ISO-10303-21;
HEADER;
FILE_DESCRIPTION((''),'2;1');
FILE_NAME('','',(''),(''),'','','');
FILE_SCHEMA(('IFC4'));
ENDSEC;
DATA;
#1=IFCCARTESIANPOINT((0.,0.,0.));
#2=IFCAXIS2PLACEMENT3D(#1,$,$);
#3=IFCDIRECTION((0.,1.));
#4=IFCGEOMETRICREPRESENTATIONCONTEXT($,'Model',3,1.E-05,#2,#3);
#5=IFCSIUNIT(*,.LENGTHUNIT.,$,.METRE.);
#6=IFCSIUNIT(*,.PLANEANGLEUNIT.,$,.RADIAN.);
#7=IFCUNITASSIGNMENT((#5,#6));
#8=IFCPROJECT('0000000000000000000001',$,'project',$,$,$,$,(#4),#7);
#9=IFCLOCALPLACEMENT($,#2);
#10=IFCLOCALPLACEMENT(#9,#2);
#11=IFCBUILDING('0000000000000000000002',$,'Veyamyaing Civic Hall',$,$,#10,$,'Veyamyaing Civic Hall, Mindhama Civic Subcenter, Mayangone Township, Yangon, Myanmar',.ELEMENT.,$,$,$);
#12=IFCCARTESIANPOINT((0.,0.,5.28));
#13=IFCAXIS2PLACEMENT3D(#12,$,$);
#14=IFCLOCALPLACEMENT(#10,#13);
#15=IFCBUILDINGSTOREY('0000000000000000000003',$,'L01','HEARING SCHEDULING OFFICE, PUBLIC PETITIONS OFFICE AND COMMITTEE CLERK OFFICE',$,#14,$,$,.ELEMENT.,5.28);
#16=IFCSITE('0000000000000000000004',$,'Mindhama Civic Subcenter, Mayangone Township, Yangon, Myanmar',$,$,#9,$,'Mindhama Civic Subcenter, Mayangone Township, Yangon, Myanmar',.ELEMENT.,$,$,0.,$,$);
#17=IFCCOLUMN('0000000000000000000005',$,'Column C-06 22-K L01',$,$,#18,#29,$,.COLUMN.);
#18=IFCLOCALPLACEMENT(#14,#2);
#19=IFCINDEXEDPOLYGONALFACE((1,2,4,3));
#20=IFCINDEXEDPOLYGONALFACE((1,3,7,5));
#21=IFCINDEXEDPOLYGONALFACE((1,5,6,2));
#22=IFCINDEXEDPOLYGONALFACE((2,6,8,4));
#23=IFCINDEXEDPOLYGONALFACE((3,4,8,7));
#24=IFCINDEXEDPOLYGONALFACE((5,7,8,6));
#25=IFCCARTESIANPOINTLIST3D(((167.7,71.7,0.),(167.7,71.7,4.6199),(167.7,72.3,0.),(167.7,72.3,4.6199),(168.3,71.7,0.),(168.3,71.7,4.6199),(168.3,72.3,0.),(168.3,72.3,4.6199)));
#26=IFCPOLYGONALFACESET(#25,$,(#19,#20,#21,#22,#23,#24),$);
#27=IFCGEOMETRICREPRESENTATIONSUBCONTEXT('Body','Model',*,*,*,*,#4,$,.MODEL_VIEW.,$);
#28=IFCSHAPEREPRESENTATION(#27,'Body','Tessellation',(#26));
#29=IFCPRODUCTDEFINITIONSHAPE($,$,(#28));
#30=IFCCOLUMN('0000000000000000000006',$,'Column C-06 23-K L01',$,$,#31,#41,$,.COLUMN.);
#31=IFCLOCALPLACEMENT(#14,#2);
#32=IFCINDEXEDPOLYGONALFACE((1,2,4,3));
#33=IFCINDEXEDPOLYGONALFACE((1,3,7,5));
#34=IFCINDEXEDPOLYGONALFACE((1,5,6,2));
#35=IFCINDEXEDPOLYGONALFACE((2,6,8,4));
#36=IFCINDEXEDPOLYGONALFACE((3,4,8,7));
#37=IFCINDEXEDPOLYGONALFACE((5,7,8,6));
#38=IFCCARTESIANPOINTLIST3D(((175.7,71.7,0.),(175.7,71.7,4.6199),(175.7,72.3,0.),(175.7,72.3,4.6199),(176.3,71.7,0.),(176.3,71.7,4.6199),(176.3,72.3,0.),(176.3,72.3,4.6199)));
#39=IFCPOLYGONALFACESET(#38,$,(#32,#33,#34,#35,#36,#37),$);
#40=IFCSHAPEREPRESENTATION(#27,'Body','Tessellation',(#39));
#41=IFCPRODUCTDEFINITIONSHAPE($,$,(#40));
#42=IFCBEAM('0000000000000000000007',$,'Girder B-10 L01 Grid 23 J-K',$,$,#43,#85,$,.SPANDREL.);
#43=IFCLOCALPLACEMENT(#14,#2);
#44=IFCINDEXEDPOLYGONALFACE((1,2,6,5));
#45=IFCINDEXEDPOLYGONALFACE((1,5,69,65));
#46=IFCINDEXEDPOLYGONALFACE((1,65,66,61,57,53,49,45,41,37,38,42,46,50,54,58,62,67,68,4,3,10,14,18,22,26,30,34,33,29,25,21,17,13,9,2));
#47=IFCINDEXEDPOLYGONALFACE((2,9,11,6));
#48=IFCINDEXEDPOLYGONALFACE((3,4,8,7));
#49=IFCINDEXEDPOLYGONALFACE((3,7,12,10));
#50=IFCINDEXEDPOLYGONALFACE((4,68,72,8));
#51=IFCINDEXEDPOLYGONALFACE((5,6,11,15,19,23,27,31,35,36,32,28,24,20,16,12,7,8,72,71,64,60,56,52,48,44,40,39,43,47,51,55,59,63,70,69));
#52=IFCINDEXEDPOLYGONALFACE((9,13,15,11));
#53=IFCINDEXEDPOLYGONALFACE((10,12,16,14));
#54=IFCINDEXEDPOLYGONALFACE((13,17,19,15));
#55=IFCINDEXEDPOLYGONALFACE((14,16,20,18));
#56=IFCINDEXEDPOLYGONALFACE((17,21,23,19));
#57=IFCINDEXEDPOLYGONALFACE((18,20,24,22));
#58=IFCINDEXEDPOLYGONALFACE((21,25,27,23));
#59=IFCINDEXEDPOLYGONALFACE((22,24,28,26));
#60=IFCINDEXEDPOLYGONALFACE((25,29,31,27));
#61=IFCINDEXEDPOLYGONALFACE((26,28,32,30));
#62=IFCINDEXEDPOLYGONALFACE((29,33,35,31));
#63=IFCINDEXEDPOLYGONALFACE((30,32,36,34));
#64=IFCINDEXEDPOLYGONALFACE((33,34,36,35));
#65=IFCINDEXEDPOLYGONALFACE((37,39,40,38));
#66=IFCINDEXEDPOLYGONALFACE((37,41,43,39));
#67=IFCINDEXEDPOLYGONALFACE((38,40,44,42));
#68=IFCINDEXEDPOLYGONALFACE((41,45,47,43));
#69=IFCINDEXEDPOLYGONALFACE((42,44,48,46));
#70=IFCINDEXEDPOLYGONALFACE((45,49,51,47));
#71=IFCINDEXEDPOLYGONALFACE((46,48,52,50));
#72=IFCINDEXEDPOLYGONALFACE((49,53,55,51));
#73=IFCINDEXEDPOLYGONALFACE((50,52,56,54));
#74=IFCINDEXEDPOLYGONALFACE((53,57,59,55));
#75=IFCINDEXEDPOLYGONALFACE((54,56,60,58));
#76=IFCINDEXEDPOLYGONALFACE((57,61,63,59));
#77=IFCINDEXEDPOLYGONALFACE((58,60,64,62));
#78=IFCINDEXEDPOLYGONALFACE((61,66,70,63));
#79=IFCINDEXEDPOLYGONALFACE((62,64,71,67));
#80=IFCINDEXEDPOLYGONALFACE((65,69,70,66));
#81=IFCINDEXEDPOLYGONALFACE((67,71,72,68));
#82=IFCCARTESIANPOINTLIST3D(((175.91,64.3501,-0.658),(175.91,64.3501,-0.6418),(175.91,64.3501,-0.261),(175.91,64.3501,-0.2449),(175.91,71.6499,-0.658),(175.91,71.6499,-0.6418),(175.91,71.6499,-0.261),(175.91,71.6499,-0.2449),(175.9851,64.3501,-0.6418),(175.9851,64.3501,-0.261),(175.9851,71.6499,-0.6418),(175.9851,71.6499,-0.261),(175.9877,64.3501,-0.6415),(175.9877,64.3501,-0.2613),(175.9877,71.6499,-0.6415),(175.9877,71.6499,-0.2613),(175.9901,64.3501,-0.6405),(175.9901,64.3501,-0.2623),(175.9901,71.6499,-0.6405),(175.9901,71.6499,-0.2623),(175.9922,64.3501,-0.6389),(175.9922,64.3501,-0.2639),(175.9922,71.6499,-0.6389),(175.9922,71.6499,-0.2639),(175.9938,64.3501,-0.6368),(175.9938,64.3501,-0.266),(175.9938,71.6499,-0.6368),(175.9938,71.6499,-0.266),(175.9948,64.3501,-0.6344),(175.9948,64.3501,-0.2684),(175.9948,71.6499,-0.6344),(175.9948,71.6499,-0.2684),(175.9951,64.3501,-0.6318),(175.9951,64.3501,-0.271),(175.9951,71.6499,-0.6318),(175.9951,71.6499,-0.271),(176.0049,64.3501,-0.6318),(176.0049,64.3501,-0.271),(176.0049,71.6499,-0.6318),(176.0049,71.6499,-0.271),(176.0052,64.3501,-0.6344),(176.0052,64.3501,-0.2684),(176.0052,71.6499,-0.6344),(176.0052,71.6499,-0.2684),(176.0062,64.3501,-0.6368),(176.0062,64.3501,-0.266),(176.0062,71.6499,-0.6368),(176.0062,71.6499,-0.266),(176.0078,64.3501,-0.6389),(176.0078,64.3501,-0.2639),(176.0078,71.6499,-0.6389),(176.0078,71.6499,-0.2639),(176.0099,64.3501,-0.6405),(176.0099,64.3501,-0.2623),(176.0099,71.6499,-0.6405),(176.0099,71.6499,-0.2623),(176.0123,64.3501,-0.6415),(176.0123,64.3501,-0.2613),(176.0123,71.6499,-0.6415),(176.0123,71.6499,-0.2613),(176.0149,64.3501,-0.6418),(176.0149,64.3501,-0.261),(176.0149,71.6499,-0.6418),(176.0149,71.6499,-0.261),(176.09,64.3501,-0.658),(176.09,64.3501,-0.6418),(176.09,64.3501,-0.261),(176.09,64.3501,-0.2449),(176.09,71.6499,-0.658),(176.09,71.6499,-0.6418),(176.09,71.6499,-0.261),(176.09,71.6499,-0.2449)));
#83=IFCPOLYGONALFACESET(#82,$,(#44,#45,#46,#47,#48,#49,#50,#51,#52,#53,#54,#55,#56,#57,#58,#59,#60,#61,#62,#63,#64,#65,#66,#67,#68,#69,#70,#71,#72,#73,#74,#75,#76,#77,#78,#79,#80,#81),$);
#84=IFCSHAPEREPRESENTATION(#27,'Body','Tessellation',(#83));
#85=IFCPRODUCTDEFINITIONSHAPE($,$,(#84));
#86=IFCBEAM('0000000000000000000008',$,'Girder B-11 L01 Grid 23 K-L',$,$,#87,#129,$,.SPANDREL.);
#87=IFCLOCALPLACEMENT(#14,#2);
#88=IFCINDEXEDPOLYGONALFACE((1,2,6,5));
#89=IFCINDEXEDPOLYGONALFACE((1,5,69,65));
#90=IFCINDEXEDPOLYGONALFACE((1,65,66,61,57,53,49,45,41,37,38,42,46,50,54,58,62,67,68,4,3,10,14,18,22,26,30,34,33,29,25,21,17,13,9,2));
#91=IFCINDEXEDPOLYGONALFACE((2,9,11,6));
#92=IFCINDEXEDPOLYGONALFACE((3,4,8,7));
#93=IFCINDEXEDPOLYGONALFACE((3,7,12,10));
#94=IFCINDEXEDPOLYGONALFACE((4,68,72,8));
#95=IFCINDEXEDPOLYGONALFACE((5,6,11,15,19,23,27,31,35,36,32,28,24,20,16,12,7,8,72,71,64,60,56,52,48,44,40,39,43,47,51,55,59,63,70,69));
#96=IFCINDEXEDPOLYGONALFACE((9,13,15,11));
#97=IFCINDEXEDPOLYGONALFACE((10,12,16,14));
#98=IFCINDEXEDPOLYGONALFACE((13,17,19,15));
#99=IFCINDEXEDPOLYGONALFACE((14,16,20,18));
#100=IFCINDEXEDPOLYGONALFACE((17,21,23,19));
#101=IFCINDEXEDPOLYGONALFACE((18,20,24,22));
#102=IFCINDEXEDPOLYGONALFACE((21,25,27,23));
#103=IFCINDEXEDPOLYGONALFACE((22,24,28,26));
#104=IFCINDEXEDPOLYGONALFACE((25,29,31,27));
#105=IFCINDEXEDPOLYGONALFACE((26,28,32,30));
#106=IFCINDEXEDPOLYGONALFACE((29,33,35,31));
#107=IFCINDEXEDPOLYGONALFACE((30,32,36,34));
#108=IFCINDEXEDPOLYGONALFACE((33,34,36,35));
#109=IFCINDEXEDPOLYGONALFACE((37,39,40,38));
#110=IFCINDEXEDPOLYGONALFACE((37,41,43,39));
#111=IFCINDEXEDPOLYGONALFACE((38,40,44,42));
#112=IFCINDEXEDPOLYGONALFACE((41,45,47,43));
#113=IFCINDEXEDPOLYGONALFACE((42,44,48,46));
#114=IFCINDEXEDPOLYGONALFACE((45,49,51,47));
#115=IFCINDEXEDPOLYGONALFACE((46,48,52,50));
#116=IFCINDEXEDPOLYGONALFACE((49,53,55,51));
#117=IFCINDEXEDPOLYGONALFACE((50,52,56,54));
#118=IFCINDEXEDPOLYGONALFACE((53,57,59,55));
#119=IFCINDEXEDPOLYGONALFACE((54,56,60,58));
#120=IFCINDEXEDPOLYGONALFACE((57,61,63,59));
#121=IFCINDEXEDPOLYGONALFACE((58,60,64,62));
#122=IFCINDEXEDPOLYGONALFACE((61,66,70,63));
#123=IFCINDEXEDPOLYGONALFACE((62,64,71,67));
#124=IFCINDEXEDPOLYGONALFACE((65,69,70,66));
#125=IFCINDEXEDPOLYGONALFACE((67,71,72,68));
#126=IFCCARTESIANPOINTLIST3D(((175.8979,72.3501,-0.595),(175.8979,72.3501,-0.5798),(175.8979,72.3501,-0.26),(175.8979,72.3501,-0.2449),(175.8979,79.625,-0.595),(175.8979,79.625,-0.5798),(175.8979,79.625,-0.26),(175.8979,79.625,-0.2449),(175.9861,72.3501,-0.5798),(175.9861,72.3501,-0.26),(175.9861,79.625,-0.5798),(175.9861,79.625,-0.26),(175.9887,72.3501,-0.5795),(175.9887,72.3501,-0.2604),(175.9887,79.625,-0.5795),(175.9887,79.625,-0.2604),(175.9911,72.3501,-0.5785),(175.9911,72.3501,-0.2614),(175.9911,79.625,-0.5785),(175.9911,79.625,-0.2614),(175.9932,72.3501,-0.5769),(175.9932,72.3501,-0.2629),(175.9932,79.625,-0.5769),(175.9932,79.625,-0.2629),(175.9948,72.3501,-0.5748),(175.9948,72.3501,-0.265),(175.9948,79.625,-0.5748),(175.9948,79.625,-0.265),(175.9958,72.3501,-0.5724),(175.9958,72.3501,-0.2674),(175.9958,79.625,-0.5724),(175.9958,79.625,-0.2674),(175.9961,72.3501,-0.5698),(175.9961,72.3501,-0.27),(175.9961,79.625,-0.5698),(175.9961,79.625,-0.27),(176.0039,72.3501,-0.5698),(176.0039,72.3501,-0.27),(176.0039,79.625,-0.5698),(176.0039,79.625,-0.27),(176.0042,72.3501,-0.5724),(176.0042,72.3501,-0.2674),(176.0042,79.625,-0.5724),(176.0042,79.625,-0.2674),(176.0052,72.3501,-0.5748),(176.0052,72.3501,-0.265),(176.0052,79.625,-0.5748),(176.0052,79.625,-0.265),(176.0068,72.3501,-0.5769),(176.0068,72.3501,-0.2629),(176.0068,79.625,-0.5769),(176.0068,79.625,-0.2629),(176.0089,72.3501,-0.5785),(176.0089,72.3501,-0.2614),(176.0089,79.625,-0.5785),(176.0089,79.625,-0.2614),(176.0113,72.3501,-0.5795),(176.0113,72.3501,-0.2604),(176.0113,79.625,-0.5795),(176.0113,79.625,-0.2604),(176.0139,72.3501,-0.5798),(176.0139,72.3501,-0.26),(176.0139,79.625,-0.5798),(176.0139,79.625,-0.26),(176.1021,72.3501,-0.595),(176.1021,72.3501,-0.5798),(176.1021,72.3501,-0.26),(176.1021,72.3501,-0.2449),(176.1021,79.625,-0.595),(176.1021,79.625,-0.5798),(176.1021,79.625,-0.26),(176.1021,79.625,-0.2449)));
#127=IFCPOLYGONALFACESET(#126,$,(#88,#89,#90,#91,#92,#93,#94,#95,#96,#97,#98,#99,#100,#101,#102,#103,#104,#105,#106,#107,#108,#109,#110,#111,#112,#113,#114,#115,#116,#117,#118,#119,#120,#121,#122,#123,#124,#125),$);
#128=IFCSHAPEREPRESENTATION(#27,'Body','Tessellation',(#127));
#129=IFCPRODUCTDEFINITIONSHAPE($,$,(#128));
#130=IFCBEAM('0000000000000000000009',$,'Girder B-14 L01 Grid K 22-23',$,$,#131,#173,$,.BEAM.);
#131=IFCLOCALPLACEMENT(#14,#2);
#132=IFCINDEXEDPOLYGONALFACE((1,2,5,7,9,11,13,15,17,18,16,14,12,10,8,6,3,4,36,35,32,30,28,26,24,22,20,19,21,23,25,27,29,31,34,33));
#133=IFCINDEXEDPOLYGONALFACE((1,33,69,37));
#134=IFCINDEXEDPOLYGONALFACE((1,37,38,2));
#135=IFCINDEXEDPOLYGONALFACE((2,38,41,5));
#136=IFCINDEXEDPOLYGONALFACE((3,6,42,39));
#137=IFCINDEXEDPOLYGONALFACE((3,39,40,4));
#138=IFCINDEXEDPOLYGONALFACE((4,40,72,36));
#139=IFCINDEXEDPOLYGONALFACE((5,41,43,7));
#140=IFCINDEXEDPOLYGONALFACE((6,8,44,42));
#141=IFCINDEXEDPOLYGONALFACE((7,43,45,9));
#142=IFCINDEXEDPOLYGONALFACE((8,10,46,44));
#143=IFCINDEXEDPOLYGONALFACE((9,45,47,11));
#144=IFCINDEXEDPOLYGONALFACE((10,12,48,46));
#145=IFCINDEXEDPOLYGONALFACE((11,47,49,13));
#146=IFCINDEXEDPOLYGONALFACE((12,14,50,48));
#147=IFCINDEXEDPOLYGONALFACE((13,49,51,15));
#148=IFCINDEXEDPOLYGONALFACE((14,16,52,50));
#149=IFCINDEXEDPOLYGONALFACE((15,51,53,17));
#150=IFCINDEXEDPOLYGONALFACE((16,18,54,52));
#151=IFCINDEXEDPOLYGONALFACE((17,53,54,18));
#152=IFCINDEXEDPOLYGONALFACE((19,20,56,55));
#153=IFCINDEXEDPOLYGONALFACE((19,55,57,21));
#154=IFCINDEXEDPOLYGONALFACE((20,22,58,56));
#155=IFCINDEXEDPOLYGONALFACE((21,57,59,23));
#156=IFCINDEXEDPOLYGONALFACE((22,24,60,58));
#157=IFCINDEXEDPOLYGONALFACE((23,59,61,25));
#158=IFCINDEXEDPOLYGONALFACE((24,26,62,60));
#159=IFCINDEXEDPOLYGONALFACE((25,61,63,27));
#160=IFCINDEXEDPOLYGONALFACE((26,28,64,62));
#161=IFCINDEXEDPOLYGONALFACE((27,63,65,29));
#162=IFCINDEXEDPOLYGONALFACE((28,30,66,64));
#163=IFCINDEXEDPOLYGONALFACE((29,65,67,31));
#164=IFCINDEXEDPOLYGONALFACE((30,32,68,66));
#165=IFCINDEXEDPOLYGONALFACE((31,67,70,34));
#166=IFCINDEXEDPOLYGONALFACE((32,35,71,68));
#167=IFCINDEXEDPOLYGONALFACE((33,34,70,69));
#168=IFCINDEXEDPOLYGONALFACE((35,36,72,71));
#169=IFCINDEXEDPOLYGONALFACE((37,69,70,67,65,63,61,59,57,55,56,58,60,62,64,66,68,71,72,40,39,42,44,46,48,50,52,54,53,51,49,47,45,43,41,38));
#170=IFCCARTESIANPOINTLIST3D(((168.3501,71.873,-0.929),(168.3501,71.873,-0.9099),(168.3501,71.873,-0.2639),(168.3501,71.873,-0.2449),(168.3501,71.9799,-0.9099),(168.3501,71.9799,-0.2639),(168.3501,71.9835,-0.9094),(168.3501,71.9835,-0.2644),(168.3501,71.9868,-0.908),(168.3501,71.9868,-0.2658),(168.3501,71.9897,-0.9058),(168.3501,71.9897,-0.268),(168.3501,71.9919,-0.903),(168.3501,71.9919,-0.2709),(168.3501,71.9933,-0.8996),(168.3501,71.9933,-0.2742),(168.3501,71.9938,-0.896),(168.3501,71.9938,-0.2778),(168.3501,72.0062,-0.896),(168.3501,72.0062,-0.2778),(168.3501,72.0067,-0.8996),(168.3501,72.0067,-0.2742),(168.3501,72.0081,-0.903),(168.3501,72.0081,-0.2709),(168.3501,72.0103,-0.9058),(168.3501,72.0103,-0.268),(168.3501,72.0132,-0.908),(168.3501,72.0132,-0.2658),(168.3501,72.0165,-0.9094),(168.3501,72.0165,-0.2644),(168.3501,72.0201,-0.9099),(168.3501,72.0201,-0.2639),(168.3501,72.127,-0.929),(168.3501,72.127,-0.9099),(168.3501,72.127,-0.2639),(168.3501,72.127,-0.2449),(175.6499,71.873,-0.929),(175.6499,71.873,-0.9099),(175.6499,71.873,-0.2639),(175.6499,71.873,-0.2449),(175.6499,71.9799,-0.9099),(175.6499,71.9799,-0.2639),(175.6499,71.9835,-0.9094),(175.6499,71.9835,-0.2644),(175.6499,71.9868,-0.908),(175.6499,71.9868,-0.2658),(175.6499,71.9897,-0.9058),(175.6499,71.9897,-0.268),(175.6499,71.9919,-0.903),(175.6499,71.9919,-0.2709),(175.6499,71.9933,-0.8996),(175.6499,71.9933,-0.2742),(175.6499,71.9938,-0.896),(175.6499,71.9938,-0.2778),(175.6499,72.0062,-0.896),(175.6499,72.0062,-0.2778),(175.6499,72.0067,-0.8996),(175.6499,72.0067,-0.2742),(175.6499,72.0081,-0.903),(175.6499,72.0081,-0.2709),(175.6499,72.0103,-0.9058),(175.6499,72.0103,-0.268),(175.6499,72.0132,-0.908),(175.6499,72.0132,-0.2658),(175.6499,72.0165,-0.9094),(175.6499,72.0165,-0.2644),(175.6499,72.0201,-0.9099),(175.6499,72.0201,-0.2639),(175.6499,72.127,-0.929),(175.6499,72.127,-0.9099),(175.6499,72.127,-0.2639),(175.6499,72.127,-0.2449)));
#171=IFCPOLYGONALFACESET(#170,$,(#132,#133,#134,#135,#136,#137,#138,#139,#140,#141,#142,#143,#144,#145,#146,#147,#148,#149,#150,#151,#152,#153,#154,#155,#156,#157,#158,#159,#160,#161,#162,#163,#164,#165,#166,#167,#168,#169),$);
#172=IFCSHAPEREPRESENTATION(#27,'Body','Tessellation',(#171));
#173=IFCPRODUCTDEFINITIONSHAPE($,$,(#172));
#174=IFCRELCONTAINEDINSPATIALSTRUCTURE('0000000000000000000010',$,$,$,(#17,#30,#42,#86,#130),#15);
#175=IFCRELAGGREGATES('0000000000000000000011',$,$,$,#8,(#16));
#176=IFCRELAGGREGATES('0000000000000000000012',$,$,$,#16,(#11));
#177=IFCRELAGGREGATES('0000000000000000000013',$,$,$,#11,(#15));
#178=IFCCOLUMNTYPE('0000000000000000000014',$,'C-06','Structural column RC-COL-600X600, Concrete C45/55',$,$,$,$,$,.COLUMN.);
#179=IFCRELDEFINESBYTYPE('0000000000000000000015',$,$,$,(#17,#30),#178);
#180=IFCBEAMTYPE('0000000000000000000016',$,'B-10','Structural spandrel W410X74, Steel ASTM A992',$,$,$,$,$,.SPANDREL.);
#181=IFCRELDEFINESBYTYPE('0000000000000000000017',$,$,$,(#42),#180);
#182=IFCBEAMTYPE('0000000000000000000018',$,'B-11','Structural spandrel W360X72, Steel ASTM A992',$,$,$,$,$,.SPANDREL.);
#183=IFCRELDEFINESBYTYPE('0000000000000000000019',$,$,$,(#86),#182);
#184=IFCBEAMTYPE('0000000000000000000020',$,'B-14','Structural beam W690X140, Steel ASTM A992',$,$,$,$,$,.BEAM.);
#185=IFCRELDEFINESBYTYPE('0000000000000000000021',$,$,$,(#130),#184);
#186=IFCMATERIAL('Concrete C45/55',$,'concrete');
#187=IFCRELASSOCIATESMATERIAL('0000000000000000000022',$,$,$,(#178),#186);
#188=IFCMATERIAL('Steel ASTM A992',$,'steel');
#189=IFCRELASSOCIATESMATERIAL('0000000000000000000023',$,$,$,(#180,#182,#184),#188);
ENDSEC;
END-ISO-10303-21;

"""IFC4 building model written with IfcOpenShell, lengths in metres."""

from ifc_helpers import new_model, si_unit, direction, frame, origin, origin_2d, place, context, subcontext, project, spatial, rectangle, i_section, extrude, material, material_profile, profile_set, type_object, element, save


model = new_model("IFC4")

# Units and contexts
model_context = context("Model", 3, precision=1e-05, world=origin(), true_north=direction((0.0, 1.0)))
body_context = subcontext(model_context, "Body", "Model", "MODEL_VIEW")
ifc_project = project(units=[si_unit("LENGTHUNIT", "METRE"), si_unit("PLANEANGLEUNIT", "RADIAN")], contexts=[model_context])

# Site, building, storey
site_placement = place(None, origin())
site = spatial("IfcSite", under=ifc_project, at=site_placement, Name="Mindhama Civic Subcenter, Mayangone Township, Yangon, Myanmar", LongName="Mindhama Civic Subcenter, Mayangone Township, Yangon, Myanmar", CompositionType="ELEMENT", RefElevation=0.0)
building_placement = place(site_placement, origin())
building = spatial("IfcBuilding", under=site, at=building_placement, Name="Veyamyaing Civic Hall", LongName="Veyamyaing Civic Hall, Mindhama Civic Subcenter, Mayangone Township, Yangon, Myanmar", CompositionType="ELEMENT")
storey_placement = place(building_placement, frame((0.0, 0.0, 5.28)))
storey = spatial("IfcBuildingStorey", under=building, at=storey_placement, Name="L01", Description="HEARING SCHEDULING OFFICE, PUBLIC PETITIONS OFFICE AND COMMITTEE CLERK OFFICE", CompositionType="ELEMENT", Elevation=5.28)

# Columns
ifc_material_1 = material(Name="Concrete C45/55", Category="concrete")
ifc_material_profile_1 = material_profile(ifc_material_1, rectangle(XDim=0.6001, YDim=0.6001, at=origin_2d()), Name="RC-COL-600X600")
ifc_profile_set_1 = profile_set([ifc_material_profile_1], Name="Concrete C45/55")
column_type = type_object("IfcColumnType", Name="C-06", Description="Structural column RC-COL-600X600, Concrete C45/55", PredefinedType="COLUMN", material=ifc_profile_set_1)
for number, where, z_axis, x_axis, name in (
    (1, (168.0, 72.0, 0.0), (0.0, 0.0, 1.0), (1.0, 0.0, 0.0), "Column C-06 22-K L01"),
    (2, (176.0, 72.0, 0.0), (0.0, 0.0, 1.0), (1.0, 0.0, 0.0), "Column C-06 23-K L01"),
):
    element("IfcColumn", number, at=place(storey_placement, frame(where, z_axis=z_axis, x_axis=x_axis)), inside=storey, type_object=column_type, Name=name, PredefinedType="COLUMN", context=body_context, shape_type="SweptSolid", body=[
        extrude(rectangle(XDim=0.6001, YDim=0.6001, at=origin_2d()), origin(), (0.0, 0.0, 1.0), 4.6199),
    ])

# Beams
ifc_material_2 = material(Name="Steel ASTM A992", Category="steel")
ifc_material_profile_2 = material_profile(ifc_material_2, i_section(OverallWidth=0.1799, OverallDepth=0.4131, WebThickness=0.0098, FlangeThickness=0.0161, FilletRadius=0.01, at=origin_2d()), Name="W410X74")
ifc_profile_set_2 = profile_set([ifc_material_profile_2], Name="Steel ASTM A992")
beam_type_1 = type_object("IfcBeamType", Name="B-10", Description="Structural spandrel W410X74, Steel ASTM A992", PredefinedType="SPANDREL", material=ifc_profile_set_2)
beam_1_placement = place(storey_placement, frame((176.0, 64.3501, -0.4514), z_axis=(0.0, 1.0, 0.0), x_axis=(-1.0, 0.0, 0.0)))
element("IfcBeam", 3, at=beam_1_placement, inside=storey, type_object=beam_type_1, Name="Girder B-10 L01 Grid 23 J-K", PredefinedType="SPANDREL", context=body_context, shape_type="SweptSolid", body=[
    extrude(i_section(OverallWidth=0.1799, OverallDepth=0.4131, WebThickness=0.0098, FlangeThickness=0.0161, FilletRadius=0.01, at=origin_2d()), origin(), (0.0, 0.0, 1.0), 7.2998),
])
ifc_material_profile_3 = material_profile(ifc_material_2, i_section(OverallWidth=0.2041, OverallDepth=0.3501, WebThickness=0.0078, FlangeThickness=0.0151, FilletRadius=0.01, at=origin_2d()), Name="W360X72")
ifc_profile_set_3 = profile_set([ifc_material_profile_3], Name="Steel ASTM A992")
beam_type_2 = type_object("IfcBeamType", Name="B-11", Description="Structural spandrel W360X72, Steel ASTM A992", PredefinedType="SPANDREL", material=ifc_profile_set_3)
beam_2_placement = place(storey_placement, frame((176.0, 72.3501, -0.4199), z_axis=(0.0, 1.0, 0.0), x_axis=(-1.0, 0.0, 0.0)))
element("IfcBeam", 4, at=beam_2_placement, inside=storey, type_object=beam_type_2, Name="Girder B-11 L01 Grid 23 K-L", PredefinedType="SPANDREL", context=body_context, shape_type="SweptSolid", body=[
    extrude(i_section(OverallWidth=0.2041, OverallDepth=0.3501, WebThickness=0.0078, FlangeThickness=0.0151, FilletRadius=0.01, at=origin_2d()), origin(), (0.0, 0.0, 1.0), 7.2749),
])
ifc_material_profile_4 = material_profile(ifc_material_2, i_section(OverallWidth=0.2539, OverallDepth=0.6841, WebThickness=0.0125, FlangeThickness=0.019, FilletRadius=0.0139, at=origin_2d()), Name="W690X140")
ifc_profile_set_4 = profile_set([ifc_material_profile_4], Name="Steel ASTM A992")
beam_type_3 = type_object("IfcBeamType", Name="B-14", Description="Structural beam W690X140, Steel ASTM A992", PredefinedType="BEAM", material=ifc_profile_set_4)
beam_3_placement = place(storey_placement, frame((168.3501, 72.0, -0.5869), z_axis=(1.0, 0.0, 0.0), x_axis=(0.0, 1.0, 0.0)))
element("IfcBeam", 5, at=beam_3_placement, inside=storey, type_object=beam_type_3, Name="Girder B-14 L01 Grid K 22-23", PredefinedType="BEAM", context=body_context, shape_type="SweptSolid", body=[
    extrude(i_section(OverallWidth=0.2539, OverallDepth=0.6841, WebThickness=0.0125, FlangeThickness=0.019, FilletRadius=0.0139, at=origin_2d()), origin(), (0.0, 0.0, 1.0), 7.2998),
])

save(model, "model.ifc")
